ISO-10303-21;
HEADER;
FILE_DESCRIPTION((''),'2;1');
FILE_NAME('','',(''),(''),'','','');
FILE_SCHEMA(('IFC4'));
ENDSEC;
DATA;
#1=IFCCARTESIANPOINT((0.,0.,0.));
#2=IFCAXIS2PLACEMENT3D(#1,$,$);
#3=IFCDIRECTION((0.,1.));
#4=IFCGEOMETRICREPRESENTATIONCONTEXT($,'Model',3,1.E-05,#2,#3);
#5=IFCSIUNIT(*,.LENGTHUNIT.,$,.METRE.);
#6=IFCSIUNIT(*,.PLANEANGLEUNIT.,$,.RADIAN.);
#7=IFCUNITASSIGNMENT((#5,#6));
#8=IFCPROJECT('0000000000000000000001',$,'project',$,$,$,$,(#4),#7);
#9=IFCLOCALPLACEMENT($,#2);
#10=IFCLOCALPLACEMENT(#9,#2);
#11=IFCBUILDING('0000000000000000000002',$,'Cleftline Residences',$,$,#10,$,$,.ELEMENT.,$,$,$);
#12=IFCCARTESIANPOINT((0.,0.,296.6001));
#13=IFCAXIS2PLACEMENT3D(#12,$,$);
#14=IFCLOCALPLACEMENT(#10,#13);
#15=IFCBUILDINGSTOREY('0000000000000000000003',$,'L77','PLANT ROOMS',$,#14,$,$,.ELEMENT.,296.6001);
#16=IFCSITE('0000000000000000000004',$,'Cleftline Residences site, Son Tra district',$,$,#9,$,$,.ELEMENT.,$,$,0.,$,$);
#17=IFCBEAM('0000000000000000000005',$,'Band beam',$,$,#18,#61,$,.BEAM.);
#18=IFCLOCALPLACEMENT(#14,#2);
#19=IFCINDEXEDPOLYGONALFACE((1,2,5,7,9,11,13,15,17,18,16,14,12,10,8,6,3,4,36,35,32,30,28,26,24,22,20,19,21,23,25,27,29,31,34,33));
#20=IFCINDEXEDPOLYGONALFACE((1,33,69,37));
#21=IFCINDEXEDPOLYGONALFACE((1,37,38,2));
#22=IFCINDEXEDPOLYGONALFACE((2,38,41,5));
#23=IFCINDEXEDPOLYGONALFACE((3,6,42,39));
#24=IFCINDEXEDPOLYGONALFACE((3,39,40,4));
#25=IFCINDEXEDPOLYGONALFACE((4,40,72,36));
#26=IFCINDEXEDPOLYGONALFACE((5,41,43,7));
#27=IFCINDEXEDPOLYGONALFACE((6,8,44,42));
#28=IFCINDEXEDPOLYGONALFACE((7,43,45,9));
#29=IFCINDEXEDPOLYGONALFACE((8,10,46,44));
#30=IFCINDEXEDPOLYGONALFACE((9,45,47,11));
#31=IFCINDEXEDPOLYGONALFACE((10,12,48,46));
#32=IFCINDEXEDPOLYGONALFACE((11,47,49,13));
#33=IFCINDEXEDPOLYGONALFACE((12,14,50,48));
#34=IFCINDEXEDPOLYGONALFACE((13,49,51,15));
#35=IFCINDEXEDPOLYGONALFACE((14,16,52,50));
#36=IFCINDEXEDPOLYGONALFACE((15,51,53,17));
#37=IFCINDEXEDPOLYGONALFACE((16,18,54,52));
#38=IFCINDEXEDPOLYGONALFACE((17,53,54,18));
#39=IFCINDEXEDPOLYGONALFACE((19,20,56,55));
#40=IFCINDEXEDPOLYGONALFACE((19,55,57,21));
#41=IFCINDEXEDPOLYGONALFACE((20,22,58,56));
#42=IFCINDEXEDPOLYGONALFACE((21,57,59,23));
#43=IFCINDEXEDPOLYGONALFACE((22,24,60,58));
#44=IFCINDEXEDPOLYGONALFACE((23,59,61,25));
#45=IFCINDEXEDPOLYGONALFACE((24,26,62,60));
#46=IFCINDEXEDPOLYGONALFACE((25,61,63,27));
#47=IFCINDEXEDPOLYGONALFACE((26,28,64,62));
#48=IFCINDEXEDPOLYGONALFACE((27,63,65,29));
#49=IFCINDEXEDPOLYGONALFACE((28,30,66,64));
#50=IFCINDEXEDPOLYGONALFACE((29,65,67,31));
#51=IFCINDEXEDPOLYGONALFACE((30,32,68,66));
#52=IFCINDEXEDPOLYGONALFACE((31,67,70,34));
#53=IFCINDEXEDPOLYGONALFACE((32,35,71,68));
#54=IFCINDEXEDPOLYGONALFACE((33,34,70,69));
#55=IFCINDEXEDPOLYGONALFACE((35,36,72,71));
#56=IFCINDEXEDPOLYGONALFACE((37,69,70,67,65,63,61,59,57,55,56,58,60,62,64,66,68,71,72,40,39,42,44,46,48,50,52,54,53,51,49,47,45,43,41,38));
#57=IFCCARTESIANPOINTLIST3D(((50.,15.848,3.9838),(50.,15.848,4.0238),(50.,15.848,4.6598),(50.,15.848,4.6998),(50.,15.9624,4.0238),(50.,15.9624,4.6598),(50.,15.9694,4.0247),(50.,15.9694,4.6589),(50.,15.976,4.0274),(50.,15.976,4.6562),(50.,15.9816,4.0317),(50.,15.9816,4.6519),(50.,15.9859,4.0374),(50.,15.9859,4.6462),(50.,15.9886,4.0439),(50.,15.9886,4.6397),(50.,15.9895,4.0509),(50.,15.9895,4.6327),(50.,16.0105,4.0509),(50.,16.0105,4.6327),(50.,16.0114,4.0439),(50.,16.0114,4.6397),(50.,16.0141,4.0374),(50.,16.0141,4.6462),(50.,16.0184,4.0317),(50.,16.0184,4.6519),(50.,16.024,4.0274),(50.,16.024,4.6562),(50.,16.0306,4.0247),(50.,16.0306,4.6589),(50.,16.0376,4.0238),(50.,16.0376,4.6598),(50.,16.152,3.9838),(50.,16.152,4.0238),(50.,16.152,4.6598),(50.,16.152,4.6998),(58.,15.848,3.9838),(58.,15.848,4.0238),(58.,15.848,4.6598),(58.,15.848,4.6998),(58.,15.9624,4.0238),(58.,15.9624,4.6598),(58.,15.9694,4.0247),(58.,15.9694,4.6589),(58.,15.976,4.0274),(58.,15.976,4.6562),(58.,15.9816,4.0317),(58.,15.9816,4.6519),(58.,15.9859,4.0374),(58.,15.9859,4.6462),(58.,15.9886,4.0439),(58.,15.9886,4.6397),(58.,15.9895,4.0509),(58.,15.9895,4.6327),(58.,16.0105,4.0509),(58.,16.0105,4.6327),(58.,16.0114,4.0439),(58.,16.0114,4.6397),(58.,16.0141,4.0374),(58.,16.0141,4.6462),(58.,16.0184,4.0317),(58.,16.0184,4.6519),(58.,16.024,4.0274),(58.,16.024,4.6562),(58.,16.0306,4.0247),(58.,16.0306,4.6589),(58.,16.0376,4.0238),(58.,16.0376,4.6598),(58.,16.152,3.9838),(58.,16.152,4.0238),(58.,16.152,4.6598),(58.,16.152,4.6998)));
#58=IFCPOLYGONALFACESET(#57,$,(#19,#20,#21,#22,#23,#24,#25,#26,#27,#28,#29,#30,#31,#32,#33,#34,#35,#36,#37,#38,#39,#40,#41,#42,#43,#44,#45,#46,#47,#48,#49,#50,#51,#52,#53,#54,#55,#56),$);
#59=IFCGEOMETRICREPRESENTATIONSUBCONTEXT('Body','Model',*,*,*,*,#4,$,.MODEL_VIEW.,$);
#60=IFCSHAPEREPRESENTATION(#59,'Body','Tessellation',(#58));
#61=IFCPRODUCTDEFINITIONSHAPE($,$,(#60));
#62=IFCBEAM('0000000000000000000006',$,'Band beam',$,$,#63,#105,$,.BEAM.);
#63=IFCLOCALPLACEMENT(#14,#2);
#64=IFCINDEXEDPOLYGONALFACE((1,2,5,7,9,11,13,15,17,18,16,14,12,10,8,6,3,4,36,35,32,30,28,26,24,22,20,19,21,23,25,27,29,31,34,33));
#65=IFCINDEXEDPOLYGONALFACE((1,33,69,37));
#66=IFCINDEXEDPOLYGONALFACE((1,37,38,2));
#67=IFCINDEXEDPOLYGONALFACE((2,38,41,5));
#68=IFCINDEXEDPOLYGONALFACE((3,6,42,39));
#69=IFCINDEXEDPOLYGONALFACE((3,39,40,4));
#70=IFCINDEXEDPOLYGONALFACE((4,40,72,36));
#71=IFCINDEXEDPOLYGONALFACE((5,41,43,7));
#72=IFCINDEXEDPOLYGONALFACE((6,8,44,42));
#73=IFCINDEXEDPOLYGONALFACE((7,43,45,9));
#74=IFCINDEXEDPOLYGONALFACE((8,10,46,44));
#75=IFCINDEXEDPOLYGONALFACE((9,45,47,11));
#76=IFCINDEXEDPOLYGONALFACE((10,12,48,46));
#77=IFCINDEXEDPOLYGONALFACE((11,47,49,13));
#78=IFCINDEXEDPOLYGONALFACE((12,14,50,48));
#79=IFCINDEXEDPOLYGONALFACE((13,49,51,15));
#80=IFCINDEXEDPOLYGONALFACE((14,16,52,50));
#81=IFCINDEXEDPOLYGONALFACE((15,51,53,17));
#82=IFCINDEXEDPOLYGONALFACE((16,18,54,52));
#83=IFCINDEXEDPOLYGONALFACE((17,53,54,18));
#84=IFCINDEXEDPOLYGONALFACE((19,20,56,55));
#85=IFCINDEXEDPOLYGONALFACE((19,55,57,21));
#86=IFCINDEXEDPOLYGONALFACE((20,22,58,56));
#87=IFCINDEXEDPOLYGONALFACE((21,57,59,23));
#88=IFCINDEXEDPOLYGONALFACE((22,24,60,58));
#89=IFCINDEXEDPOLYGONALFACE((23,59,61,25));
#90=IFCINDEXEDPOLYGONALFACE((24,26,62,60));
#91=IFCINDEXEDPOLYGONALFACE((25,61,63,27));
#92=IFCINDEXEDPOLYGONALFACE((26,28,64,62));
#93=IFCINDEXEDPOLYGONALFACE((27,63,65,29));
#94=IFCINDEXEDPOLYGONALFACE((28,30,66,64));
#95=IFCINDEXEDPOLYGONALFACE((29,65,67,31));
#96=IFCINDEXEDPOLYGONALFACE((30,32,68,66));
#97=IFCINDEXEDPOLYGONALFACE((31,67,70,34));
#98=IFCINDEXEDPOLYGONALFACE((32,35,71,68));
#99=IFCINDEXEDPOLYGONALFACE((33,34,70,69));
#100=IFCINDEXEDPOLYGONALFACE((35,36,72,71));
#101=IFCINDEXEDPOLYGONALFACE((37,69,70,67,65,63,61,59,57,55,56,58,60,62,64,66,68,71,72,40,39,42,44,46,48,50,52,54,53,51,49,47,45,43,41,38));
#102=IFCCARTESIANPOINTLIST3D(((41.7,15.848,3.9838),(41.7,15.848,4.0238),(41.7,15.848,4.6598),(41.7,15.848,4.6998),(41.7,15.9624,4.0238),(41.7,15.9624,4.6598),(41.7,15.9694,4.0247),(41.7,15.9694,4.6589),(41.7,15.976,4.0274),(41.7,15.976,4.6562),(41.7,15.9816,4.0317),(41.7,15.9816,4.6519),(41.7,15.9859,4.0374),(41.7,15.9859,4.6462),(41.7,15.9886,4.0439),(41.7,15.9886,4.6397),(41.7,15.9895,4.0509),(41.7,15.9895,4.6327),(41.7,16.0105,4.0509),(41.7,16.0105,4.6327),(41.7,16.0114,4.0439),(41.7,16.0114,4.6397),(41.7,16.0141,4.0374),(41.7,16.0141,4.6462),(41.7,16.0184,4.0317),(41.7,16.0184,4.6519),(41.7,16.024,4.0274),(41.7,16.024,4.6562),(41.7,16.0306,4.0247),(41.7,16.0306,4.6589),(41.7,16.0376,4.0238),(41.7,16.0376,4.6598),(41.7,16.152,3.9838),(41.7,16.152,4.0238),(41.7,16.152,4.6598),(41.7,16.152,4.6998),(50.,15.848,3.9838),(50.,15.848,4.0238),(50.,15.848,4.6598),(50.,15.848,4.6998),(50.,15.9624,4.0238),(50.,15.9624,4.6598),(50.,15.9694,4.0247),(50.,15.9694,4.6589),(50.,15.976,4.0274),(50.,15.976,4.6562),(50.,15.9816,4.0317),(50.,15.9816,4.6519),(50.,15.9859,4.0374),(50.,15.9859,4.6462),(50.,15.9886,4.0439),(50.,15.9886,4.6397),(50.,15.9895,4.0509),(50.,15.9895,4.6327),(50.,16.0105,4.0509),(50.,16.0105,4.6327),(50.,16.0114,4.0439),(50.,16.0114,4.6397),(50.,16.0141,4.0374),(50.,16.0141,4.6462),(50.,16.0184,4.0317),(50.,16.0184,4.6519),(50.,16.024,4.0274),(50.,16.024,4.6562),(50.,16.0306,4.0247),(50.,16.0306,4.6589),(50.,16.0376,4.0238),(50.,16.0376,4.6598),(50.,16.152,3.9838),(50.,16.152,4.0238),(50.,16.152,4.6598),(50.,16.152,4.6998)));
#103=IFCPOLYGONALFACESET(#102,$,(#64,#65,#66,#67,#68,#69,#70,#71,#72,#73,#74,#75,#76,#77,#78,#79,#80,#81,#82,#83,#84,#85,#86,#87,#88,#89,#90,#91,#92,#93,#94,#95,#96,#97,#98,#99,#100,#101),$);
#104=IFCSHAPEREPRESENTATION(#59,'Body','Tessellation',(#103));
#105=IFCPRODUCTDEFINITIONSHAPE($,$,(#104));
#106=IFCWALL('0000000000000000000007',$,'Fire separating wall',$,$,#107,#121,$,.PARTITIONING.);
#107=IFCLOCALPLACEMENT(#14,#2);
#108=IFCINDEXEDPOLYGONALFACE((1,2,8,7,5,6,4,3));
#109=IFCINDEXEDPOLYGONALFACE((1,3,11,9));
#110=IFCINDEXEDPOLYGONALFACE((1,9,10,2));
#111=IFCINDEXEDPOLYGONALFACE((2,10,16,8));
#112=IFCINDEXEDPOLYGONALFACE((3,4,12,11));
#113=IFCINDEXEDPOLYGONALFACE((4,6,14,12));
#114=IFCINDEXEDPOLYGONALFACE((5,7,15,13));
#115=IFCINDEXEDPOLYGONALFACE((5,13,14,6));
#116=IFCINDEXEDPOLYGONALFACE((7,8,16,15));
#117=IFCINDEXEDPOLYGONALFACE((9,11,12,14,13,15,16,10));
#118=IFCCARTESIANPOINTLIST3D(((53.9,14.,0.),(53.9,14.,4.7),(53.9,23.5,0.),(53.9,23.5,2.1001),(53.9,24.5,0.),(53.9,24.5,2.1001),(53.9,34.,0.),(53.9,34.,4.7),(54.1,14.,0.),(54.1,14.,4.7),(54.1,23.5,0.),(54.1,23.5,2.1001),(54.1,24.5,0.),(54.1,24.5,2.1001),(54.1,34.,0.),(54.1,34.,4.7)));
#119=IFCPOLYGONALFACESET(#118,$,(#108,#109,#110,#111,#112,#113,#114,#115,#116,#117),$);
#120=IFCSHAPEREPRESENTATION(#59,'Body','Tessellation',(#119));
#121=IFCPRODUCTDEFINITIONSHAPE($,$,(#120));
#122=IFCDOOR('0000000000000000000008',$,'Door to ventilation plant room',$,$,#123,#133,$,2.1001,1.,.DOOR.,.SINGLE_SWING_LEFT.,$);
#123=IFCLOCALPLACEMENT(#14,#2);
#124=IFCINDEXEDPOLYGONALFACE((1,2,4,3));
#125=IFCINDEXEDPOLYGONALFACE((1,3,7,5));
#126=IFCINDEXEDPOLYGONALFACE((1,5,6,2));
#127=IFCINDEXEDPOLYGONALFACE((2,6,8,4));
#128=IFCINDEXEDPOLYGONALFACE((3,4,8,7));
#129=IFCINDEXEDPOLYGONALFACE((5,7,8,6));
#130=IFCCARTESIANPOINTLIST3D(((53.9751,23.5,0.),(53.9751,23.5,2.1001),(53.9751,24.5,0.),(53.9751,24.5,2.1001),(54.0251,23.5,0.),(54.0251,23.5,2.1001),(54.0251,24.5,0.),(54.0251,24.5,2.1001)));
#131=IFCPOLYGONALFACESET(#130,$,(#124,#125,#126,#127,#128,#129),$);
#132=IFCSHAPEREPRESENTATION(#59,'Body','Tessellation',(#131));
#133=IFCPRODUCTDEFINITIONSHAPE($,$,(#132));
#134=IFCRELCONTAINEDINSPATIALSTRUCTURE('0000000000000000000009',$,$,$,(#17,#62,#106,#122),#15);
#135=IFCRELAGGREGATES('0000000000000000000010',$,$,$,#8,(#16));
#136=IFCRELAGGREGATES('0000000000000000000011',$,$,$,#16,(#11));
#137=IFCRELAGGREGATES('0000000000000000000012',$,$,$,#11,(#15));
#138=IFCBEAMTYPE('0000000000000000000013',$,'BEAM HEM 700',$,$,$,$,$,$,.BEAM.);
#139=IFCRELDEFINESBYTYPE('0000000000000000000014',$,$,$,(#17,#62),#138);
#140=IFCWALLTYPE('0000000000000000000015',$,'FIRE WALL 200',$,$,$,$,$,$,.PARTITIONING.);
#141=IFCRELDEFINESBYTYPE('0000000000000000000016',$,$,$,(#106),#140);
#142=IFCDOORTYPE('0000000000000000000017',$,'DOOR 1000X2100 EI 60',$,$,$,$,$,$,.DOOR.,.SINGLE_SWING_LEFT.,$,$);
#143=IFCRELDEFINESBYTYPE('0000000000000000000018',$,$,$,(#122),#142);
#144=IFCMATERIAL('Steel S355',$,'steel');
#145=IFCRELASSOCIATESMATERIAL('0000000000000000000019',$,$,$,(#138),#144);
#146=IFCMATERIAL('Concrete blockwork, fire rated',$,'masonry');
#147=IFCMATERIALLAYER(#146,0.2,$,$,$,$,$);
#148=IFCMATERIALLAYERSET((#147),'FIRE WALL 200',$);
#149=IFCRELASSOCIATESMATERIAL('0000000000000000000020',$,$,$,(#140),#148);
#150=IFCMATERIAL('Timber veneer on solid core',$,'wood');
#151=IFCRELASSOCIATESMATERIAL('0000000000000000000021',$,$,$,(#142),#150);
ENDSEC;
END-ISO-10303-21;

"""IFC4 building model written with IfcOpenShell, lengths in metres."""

from ifc_helpers import new_model, si_unit, direction, frame, frame_2d, origin, origin_2d, place, context, subcontext, project, spatial, rectangle, i_section, extrude, material, layer, layer_set, material_profile, profile_set, type_object, element, fill, save


model = new_model("IFC4")

# Units and contexts
model_context = context("Model", 3, precision=1e-05, world=origin(), true_north=direction((0.0, 1.0)))
body_context = subcontext(model_context, "Body", "Model", "MODEL_VIEW")
ifc_project = project(units=[si_unit("LENGTHUNIT", "METRE"), si_unit("PLANEANGLEUNIT", "RADIAN")], contexts=[model_context])

# Site, building, storey
site_placement = place(None, origin())
site = spatial("IfcSite", under=ifc_project, at=site_placement, Name="Cleftline Residences site, Son Tra district", CompositionType="ELEMENT", RefElevation=0.0)
building_placement = place(site_placement, origin())
building = spatial("IfcBuilding", under=site, at=building_placement, Name="Cleftline Residences", CompositionType="ELEMENT")
storey_placement = place(building_placement, frame((0.0, 0.0, 296.6001)))
storey = spatial("IfcBuildingStorey", under=building, at=storey_placement, Name="L77", Description="PLANT ROOMS", CompositionType="ELEMENT", Elevation=296.6001)

# Beams
ifc_material_1 = material(Name="Steel S355", Category="steel")
ifc_material_profile_1 = material_profile(ifc_material_1, i_section(OverallWidth=0.304, OverallDepth=0.7161, WebThickness=0.021, FlangeThickness=0.04, FilletRadius=0.0271, at=origin_2d()))
ifc_profile_set_1 = profile_set([ifc_material_profile_1], Name="Steel S355")
beam_type_1 = type_object("IfcBeamType", Name="BEAM HEM 700", PredefinedType="BEAM", material=ifc_profile_set_1)
beam_1_placement = place(storey_placement, frame((58.0, 16.0, 4.3418), z_axis=(-1.0, 0.0, 0.0), x_axis=(0.0, -1.0, 0.0)))
element("IfcBeam", 1, at=beam_1_placement, inside=storey, type_object=beam_type_1, Name="Band beam", PredefinedType="BEAM", context=body_context, shape_type="SweptSolid", body=[
    extrude(i_section(OverallWidth=0.304, OverallDepth=0.7161, WebThickness=0.021, FlangeThickness=0.04, FilletRadius=0.0271, at=origin_2d()), origin(), (0.0, 0.0, 1.0), 8.0),
])
beam_2_placement = place(storey_placement, frame((50.0, 16.0, 4.3418), z_axis=(-1.0, 0.0, 0.0), x_axis=(0.0, -1.0, 0.0)))
element("IfcBeam", 2, at=beam_2_placement, inside=storey, type_object=beam_type_1, Name="Band beam", PredefinedType="BEAM", context=body_context, shape_type="SweptSolid", body=[
    extrude(i_section(OverallWidth=0.304, OverallDepth=0.7161, WebThickness=0.021, FlangeThickness=0.04, FilletRadius=0.0271, at=origin_2d()), origin(), (0.0, 0.0, 1.0), 8.3),
])

# Wall, opening, door
ifc_material_2 = material(Name="Concrete blockwork, fire rated", Category="masonry")
ifc_layer = layer(ifc_material_2, 0.2)
ifc_layer_set = layer_set([ifc_layer], Name="FIRE WALL 200")
wall_type = type_object("IfcWallType", Name="FIRE WALL 200", PredefinedType="PARTITIONING", material=ifc_layer_set)
wall_placement = place(storey_placement, frame((54.0, 14.0, 0.0), z_axis=(0.0, 0.0, 1.0), x_axis=(0.0, 1.0, 0.0)))
wall = element("IfcWall", 3, at=wall_placement, inside=storey, type_object=wall_type, Name="Fire separating wall", PredefinedType="PARTITIONING", context=body_context, shape_type="SweptSolid", body=[
    extrude(rectangle(XDim=20.0, YDim=0.2, at=frame_2d((10.0, 0.0))), origin(), (0.0, 0.0, 1.0), 4.7),
])
opening_placement = place(wall_placement, frame((9.5, 0.0, 0.0)))
opening = element("IfcOpeningElement", 4, at=opening_placement, cuts=wall, PredefinedType="OPENING", context=body_context, shape_type="SweptSolid", body=[
    extrude(rectangle(XDim=1.0, YDim=2.1001, at=frame_2d((0.5, 1.05))), frame((0.0, 0.1099, 0.0), z_axis=(0.0, -1.0, 0.0), x_axis=(1.0, 0.0, 0.0)), (0.0, 0.0, 1.0), 0.22),
])
ifc_material_3 = material(Name="Timber veneer on solid core", Category="wood")
door_type = type_object("IfcDoorType", Name="DOOR 1000X2100 EI 60", OperationType="SINGLE_SWING_LEFT", PredefinedType="DOOR", material=ifc_material_3)
door_placement = place(opening_placement, origin())
door = element("IfcDoor", 5, at=door_placement, inside=storey, type_object=door_type, Name="Door to ventilation plant room", OperationType="SINGLE_SWING_LEFT", OverallHeight=2.1001, OverallWidth=1.0, PredefinedType="DOOR", context=body_context, shape_type="SweptSolid", body=[
    extrude(rectangle(XDim=1.0, YDim=2.1001, at=frame_2d((0.5, 1.05))), frame((0.0, 0.0249, 0.0), z_axis=(0.0, -1.0, 0.0), x_axis=(1.0, 0.0, 0.0)), (0.0, 0.0, 1.0), 0.05),
])
fill(opening, door)

save(model, "model.ifc")
